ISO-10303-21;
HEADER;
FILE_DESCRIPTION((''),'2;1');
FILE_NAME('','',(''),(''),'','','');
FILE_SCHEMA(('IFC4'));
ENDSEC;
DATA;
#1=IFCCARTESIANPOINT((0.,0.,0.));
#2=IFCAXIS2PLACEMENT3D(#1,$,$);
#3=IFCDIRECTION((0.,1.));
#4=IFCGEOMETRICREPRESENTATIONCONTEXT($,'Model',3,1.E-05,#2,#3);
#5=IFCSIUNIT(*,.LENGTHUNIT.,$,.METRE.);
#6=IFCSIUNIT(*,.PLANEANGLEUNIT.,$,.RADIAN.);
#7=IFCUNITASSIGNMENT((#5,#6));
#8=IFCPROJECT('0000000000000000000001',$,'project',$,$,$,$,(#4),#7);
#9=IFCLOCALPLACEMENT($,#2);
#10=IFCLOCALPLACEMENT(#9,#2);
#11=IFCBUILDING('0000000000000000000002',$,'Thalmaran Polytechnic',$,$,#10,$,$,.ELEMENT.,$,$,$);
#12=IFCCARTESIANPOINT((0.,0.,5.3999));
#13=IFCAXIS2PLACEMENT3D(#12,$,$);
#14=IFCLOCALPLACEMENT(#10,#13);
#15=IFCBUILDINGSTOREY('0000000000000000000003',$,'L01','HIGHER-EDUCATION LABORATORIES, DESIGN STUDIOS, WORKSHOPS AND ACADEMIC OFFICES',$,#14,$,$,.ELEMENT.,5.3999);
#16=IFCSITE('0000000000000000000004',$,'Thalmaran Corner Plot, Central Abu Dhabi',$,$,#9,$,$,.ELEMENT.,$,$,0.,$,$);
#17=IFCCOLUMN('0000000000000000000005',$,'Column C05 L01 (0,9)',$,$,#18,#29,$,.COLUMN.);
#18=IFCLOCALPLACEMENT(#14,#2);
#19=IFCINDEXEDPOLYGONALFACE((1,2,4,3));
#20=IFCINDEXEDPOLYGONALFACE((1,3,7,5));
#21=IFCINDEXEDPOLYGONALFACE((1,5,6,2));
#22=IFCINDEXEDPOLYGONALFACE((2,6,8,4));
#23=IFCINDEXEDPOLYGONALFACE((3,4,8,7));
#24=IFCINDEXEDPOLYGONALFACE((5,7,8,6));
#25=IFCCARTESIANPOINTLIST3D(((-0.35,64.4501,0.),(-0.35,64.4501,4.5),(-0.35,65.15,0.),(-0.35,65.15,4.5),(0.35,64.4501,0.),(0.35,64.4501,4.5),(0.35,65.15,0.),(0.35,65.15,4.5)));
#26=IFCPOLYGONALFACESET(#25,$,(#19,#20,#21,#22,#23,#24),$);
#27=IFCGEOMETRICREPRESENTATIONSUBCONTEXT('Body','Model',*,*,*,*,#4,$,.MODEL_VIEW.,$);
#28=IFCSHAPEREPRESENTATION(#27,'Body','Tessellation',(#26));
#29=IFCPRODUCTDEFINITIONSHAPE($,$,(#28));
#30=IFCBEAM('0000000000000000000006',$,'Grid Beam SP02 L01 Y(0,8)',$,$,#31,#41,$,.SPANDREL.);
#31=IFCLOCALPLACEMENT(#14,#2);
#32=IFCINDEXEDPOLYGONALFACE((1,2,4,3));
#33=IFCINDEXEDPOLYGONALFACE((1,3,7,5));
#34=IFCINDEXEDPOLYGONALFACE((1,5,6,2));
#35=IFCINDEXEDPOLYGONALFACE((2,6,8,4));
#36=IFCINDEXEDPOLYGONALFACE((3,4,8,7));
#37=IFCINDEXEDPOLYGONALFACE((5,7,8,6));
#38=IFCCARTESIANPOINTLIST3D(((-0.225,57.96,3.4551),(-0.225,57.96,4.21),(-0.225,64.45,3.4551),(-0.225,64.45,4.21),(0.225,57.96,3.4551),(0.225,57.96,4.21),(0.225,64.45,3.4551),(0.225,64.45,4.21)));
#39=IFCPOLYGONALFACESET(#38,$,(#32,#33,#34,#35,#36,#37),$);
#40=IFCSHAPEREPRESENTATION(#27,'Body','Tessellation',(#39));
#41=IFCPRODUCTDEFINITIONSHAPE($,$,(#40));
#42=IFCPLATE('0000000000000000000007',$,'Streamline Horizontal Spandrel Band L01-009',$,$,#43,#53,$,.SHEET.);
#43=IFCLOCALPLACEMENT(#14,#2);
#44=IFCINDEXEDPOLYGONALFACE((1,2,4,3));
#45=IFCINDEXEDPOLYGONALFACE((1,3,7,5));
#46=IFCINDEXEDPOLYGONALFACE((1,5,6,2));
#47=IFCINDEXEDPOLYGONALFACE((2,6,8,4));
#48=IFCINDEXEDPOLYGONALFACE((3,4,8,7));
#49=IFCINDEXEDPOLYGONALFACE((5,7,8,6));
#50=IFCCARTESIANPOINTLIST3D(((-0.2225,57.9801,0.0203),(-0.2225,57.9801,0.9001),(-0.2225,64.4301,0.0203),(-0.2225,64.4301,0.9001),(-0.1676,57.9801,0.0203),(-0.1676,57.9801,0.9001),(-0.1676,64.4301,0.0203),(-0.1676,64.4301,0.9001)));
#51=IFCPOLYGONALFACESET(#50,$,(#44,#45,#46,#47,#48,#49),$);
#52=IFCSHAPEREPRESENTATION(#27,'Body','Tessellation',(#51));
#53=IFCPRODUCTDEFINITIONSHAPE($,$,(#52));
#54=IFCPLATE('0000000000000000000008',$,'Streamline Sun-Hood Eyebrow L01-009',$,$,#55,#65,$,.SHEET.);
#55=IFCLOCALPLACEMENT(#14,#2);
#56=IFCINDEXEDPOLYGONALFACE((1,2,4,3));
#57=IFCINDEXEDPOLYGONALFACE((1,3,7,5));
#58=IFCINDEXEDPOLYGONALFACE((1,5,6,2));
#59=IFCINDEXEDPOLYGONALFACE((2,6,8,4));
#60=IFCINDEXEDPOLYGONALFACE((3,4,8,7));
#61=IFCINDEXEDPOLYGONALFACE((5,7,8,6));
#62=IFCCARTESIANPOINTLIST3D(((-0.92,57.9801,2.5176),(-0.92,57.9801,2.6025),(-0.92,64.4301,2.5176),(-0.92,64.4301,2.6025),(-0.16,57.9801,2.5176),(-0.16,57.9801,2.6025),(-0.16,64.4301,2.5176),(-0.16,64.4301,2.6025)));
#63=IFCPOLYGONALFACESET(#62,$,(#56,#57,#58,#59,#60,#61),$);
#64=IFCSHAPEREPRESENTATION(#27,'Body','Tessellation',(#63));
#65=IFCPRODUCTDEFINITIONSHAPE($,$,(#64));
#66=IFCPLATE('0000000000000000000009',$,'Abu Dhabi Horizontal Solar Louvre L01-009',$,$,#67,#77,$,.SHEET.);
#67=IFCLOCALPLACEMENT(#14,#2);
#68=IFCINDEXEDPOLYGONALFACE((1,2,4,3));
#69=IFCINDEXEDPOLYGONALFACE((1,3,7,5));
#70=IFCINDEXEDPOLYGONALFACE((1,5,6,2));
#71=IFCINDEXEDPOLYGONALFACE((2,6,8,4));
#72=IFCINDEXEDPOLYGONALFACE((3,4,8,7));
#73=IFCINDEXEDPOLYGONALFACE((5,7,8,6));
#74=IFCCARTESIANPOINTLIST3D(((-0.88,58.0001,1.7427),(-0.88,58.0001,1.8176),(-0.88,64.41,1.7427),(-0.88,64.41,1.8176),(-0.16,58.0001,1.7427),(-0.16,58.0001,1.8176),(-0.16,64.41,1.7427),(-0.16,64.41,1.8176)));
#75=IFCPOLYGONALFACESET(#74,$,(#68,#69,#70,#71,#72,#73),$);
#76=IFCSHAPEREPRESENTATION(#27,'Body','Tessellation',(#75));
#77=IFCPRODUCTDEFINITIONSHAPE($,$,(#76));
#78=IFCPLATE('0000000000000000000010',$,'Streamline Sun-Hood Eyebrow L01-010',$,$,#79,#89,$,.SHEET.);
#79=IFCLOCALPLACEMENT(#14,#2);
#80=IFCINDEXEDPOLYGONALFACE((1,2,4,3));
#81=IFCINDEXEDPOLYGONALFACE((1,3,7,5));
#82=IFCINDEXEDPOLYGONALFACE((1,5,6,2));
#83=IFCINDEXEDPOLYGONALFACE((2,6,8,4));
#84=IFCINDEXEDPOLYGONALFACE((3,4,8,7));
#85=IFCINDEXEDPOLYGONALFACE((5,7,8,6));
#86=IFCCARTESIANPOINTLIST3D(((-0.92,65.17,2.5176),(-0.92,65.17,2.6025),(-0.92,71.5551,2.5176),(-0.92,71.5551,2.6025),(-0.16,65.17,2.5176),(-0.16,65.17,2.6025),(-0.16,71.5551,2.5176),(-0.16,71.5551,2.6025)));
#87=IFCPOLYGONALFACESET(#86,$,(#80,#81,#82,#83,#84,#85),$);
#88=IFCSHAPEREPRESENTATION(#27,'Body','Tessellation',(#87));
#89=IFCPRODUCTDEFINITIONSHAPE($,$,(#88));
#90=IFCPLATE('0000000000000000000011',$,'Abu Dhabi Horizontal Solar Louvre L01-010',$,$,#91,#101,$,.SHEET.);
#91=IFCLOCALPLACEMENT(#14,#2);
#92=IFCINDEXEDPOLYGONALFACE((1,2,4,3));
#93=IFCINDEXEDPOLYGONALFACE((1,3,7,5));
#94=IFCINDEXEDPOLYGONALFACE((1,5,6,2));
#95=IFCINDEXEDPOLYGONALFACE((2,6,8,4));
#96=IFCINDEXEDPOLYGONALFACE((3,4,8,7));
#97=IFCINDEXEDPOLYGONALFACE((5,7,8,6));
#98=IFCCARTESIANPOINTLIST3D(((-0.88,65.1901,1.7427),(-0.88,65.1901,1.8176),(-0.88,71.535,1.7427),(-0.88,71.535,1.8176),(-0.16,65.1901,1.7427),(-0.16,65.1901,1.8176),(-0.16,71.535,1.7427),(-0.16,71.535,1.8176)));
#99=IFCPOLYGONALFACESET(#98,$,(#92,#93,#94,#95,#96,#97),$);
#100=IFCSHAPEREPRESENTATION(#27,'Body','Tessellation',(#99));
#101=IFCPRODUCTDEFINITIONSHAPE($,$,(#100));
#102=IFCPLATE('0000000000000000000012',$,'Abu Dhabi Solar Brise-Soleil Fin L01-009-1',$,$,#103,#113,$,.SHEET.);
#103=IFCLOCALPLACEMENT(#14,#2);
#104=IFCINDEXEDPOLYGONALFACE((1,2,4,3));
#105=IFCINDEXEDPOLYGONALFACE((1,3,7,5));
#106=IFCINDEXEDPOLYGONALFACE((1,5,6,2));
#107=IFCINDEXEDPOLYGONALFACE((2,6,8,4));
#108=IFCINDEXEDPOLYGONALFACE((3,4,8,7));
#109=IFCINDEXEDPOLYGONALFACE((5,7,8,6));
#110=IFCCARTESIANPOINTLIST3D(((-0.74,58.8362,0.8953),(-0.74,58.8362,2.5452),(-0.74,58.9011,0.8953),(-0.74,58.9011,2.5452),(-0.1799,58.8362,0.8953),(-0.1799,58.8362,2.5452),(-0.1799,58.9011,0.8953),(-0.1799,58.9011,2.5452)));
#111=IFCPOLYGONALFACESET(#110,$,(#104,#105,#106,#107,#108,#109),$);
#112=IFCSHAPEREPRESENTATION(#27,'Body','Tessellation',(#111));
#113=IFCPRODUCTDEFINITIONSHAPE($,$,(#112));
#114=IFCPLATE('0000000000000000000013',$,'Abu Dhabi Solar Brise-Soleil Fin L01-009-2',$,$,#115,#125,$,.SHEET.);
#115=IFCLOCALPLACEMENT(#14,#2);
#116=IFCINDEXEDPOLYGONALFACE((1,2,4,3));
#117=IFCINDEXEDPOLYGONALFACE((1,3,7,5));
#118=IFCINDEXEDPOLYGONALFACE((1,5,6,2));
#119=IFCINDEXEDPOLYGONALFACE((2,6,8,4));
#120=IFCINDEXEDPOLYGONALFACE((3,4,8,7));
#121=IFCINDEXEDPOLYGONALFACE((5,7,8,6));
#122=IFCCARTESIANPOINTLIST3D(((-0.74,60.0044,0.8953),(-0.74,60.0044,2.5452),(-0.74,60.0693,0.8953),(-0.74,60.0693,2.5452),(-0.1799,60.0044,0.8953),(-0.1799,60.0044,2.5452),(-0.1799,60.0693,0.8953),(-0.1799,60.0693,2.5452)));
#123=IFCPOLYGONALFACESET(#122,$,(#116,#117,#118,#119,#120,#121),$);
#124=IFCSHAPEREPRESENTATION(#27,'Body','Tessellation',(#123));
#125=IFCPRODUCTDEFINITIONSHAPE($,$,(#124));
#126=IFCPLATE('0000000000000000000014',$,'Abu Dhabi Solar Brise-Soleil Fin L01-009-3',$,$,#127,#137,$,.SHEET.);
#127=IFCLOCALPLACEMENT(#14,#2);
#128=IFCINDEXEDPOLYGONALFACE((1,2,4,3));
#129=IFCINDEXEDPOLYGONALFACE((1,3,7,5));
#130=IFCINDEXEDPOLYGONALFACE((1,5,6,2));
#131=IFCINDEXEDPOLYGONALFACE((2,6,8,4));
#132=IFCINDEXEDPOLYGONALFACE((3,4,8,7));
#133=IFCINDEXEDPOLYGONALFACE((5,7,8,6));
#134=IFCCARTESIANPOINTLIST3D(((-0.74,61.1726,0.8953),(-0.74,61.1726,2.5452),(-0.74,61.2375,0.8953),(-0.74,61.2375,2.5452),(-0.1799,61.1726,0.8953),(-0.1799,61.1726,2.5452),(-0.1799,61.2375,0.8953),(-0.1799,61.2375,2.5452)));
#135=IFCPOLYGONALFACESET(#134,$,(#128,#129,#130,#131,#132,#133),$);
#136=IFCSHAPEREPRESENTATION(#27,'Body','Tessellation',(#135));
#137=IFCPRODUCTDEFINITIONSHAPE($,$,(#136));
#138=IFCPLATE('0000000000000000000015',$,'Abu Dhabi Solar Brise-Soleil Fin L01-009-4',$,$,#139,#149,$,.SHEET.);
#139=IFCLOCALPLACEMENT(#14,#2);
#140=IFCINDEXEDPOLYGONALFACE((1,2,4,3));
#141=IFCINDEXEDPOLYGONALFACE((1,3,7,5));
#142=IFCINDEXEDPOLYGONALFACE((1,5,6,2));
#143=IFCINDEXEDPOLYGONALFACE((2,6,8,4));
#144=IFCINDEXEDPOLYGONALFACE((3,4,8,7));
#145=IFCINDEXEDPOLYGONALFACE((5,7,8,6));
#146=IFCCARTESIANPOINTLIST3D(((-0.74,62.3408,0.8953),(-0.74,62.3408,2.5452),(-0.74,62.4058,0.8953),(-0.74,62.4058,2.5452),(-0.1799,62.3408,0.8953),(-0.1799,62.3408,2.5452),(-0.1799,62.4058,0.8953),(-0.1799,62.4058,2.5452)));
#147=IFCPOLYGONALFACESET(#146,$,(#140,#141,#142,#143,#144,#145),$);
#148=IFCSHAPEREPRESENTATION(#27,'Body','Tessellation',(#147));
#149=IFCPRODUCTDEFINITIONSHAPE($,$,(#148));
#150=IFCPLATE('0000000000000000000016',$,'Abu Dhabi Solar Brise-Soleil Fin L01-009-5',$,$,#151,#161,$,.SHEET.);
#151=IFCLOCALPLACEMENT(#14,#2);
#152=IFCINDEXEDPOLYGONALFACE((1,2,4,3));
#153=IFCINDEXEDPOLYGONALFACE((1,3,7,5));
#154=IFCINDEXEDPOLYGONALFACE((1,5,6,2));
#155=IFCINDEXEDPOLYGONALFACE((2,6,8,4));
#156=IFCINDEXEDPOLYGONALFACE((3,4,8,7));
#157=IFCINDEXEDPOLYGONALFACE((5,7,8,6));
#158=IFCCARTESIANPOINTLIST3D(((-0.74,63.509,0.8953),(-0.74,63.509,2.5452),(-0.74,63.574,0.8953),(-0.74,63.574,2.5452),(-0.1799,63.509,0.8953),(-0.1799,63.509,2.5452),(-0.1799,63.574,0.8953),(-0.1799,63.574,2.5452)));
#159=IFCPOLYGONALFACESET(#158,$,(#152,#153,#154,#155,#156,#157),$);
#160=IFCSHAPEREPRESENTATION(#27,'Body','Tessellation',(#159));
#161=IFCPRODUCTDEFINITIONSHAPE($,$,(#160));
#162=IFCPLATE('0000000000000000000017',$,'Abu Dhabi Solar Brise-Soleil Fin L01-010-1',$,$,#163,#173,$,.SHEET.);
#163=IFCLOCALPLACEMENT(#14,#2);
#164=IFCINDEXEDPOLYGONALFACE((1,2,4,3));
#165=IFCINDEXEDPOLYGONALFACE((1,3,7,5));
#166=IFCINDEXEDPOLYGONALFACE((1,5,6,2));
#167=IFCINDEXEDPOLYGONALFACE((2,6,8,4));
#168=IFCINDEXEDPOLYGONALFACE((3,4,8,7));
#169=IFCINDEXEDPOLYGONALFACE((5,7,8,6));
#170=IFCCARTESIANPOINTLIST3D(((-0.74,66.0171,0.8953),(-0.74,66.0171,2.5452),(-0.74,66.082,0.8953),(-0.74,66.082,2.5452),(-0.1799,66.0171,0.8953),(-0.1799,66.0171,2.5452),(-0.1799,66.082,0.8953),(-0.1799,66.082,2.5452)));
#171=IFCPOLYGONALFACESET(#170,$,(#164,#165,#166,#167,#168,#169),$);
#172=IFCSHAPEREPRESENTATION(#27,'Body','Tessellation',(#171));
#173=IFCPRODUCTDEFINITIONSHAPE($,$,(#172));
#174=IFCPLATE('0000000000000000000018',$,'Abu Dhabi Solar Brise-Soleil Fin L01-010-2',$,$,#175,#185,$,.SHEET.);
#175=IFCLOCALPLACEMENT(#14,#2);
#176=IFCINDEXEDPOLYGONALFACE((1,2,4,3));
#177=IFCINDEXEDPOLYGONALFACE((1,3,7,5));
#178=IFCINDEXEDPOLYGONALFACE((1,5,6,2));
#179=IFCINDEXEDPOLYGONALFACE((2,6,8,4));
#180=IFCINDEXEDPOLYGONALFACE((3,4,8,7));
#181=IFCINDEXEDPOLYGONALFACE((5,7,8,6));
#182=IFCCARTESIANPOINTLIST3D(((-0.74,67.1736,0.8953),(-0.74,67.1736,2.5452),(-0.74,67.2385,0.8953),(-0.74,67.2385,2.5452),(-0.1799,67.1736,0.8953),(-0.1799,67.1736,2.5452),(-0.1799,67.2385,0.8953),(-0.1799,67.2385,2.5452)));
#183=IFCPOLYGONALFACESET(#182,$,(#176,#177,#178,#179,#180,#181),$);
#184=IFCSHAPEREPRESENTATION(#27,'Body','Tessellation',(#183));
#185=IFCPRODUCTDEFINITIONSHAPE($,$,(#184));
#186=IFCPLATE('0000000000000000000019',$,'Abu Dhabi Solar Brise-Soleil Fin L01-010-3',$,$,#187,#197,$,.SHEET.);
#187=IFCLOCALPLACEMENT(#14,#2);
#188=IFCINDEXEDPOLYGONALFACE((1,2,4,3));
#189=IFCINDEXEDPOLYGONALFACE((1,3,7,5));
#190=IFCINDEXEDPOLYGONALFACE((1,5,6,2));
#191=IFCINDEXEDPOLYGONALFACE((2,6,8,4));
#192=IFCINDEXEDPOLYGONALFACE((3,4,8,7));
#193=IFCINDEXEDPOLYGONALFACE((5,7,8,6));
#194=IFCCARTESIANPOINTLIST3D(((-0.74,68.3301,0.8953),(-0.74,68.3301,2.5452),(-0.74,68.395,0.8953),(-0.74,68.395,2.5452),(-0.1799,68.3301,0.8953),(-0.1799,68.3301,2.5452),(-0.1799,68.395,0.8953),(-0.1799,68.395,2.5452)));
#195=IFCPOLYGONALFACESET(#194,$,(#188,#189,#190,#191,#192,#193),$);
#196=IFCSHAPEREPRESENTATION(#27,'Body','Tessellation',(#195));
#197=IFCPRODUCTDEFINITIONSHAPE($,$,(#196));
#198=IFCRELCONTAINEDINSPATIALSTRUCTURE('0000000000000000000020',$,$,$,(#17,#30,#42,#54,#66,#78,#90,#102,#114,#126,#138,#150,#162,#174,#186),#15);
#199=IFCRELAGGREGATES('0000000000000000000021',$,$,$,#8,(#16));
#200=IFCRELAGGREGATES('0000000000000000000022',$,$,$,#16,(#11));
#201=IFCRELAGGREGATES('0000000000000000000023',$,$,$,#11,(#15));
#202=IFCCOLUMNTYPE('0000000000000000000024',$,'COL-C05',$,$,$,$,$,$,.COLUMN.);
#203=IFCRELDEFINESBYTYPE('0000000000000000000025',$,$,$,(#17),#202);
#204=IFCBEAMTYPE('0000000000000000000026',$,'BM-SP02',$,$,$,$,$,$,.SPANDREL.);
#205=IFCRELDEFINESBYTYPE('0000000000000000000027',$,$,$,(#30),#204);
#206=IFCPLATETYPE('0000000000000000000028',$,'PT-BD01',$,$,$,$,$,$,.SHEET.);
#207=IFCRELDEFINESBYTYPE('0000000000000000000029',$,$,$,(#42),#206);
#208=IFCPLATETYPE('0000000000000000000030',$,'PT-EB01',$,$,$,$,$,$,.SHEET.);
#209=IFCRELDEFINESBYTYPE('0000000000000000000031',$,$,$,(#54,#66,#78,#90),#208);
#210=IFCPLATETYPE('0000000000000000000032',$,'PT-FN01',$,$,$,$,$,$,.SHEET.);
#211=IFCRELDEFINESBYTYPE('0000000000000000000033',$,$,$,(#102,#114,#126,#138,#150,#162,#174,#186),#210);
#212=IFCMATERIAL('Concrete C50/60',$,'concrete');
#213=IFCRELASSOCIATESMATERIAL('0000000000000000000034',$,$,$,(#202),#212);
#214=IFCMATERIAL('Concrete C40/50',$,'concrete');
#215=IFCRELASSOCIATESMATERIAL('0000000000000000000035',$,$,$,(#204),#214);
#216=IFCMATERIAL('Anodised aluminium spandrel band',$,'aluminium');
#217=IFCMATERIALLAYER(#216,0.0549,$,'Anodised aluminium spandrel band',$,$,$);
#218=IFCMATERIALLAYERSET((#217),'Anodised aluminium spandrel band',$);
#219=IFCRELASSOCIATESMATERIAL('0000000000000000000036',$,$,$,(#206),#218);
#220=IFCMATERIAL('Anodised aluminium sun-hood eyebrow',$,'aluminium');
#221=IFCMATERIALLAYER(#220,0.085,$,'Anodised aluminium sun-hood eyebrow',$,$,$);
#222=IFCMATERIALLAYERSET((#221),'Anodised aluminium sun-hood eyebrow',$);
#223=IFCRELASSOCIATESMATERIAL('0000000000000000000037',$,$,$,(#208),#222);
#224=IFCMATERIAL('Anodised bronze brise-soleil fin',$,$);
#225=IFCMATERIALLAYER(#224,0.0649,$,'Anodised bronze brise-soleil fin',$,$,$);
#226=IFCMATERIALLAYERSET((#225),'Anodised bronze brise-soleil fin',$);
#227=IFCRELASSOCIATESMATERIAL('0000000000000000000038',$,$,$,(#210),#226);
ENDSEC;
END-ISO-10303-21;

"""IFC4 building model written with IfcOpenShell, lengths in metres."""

from ifc_helpers import new_model, si_unit, direction, frame, origin, origin_2d, place, context, subcontext, project, spatial, rectangle, extrude, material, layer, layer_set, material_profile, profile_set, type_object, element, save


model = new_model("IFC4")

# Units and contexts
model_context = context("Model", 3, precision=1e-05, world=origin(), true_north=direction((0.0, 1.0)))
body_context = subcontext(model_context, "Body", "Model", "MODEL_VIEW")
ifc_project = project(units=[si_unit("LENGTHUNIT", "METRE"), si_unit("PLANEANGLEUNIT", "RADIAN")], contexts=[model_context])

# Site, building, storey
site_placement = place(None, origin())
site = spatial("IfcSite", under=ifc_project, at=site_placement, Name="Thalmaran Corner Plot, Central Abu Dhabi", CompositionType="ELEMENT", RefElevation=0.0)
building_placement = place(site_placement, origin())
building = spatial("IfcBuilding", under=site, at=building_placement, Name="Thalmaran Polytechnic", CompositionType="ELEMENT")
storey_placement = place(building_placement, frame((0.0, 0.0, 5.3999)))
storey = spatial("IfcBuildingStorey", under=building, at=storey_placement, Name="L01", Description="HIGHER-EDUCATION LABORATORIES, DESIGN STUDIOS, WORKSHOPS AND ACADEMIC OFFICES", CompositionType="ELEMENT", Elevation=5.3999)

# Column
ifc_material_1 = material(Name="Concrete C50/60", Category="concrete")
ifc_material_profile_1 = material_profile(ifc_material_1, rectangle(XDim=0.7, YDim=0.7, at=origin_2d()), Name="RC 700x700")
ifc_profile_set_1 = profile_set([ifc_material_profile_1], Name="Concrete C50/60")
column_type = type_object("IfcColumnType", Name="COL-C05", PredefinedType="COLUMN", material=ifc_profile_set_1)
column_placement = place(storey_placement, frame((0.0, 64.8, 0.0), z_axis=(0.0, 0.0, 1.0), x_axis=(1.0, 0.0, 0.0)))
element("IfcColumn", 1, at=column_placement, inside=storey, type_object=column_type, Name="Column C05 L01 (0,9)", PredefinedType="COLUMN", context=body_context, shape_type="SweptSolid", body=[
    extrude(rectangle(XDim=0.7, YDim=0.7, at=origin_2d()), origin(), (0.0, 0.0, 1.0), 4.5),
])

# Beam
ifc_material_2 = material(Name="Concrete C40/50", Category="concrete")
ifc_material_profile_2 = material_profile(ifc_material_2, rectangle(XDim=0.45, YDim=0.7549, at=origin_2d()), Name="RC 450x755")
ifc_profile_set_2 = profile_set([ifc_material_profile_2], Name="Concrete C40/50")
beam_type = type_object("IfcBeamType", Name="BM-SP02", PredefinedType="SPANDREL", material=ifc_profile_set_2)
beam_placement = place(storey_placement, frame((0.0, 57.96, 3.8325), z_axis=(0.0, 1.0, 0.0), x_axis=(-1.0, 0.0, 0.0)))
element("IfcBeam", 2, at=beam_placement, inside=storey, type_object=beam_type, Name="Grid Beam SP02 L01 Y(0,8)", PredefinedType="SPANDREL", context=body_context, shape_type="SweptSolid", body=[
    extrude(rectangle(XDim=0.45, YDim=0.7549, at=origin_2d()), origin(), (0.0, 0.0, 1.0), 6.49),
])

# Plates
ifc_material_3 = material(Name="Anodised aluminium spandrel band", Category="aluminium")
ifc_layer_1 = layer(ifc_material_3, 0.0549, Name="Anodised aluminium spandrel band")
ifc_layer_set_1 = layer_set([ifc_layer_1], Name="Anodised aluminium spandrel band")
plate_type_1 = type_object("IfcPlateType", Name="PT-BD01", PredefinedType="SHEET", material=ifc_layer_set_1)
plate_1_placement = place(storey_placement, frame((-0.1951, 61.2051, 0.0203), z_axis=(0.0, 0.0, 1.0), x_axis=(0.0, 1.0, 0.0)))
element("IfcPlate", 3, at=plate_1_placement, inside=storey, type_object=plate_type_1, Name="Streamline Horizontal Spandrel Band L01-009", PredefinedType="SHEET", context=body_context, shape_type="SweptSolid", body=[
    extrude(rectangle(XDim=6.45, YDim=0.0549, at=origin_2d()), origin(), (0.0, 0.0, 1.0), 0.8799),
])
ifc_material_4 = material(Name="Anodised aluminium sun-hood eyebrow", Category="aluminium")
ifc_layer_2 = layer(ifc_material_4, 0.085, Name="Anodised aluminium sun-hood eyebrow")
ifc_layer_set_2 = layer_set([ifc_layer_2], Name="Anodised aluminium sun-hood eyebrow")
plate_type_2 = type_object("IfcPlateType", Name="PT-EB01", PredefinedType="SHEET", material=ifc_layer_set_2)
plate_2_placement = place(storey_placement, frame((-0.54, 61.2051, 2.5176), z_axis=(0.0, 0.0, 1.0), x_axis=(0.0, 1.0, 0.0)))
element("IfcPlate", 4, at=plate_2_placement, inside=storey, type_object=plate_type_2, Name="Streamline Sun-Hood Eyebrow L01-009", PredefinedType="SHEET", context=body_context, shape_type="SweptSolid", body=[
    extrude(rectangle(XDim=6.45, YDim=0.76, at=origin_2d()), origin(), (0.0, 0.0, 1.0), 0.085),
])
plate_3_placement = place(storey_placement, frame((-0.52, 61.2051, 1.7427), z_axis=(0.0, 0.0, 1.0), x_axis=(0.0, 1.0, 0.0)))
element("IfcPlate", 5, at=plate_3_placement, inside=storey, type_object=plate_type_2, Name="Abu Dhabi Horizontal Solar Louvre L01-009", PredefinedType="SHEET", context=body_context, shape_type="SweptSolid", body=[
    extrude(rectangle(XDim=6.4099, YDim=0.72, at=origin_2d()), origin(), (0.0, 0.0, 1.0), 0.075),
])
plate_4_placement = place(storey_placement, frame((-0.54, 68.3625, 2.5176), z_axis=(0.0, 0.0, 1.0), x_axis=(0.0, 1.0, 0.0)))
element("IfcPlate", 6, at=plate_4_placement, inside=storey, type_object=plate_type_2, Name="Streamline Sun-Hood Eyebrow L01-010", PredefinedType="SHEET", context=body_context, shape_type="SweptSolid", body=[
    extrude(rectangle(XDim=6.385, YDim=0.76, at=origin_2d()), origin(), (0.0, 0.0, 1.0), 0.085),
])
plate_5_placement = place(storey_placement, frame((-0.52, 68.3625, 1.7427), z_axis=(0.0, 0.0, 1.0), x_axis=(0.0, 1.0, 0.0)))
element("IfcPlate", 7, at=plate_5_placement, inside=storey, type_object=plate_type_2, Name="Abu Dhabi Horizontal Solar Louvre L01-010", PredefinedType="SHEET", context=body_context, shape_type="SweptSolid", body=[
    extrude(rectangle(XDim=6.345, YDim=0.72, at=origin_2d()), origin(), (0.0, 0.0, 1.0), 0.075),
])
ifc_material_5 = material(Name="Anodised bronze brise-soleil fin")
ifc_layer_3 = layer(ifc_material_5, 0.0649, Name="Anodised bronze brise-soleil fin")
ifc_layer_set_3 = layer_set([ifc_layer_3], Name="Anodised bronze brise-soleil fin")
plate_type_3 = type_object("IfcPlateType", Name="PT-FN01", PredefinedType="SHEET", material=ifc_layer_set_3)
for number, where, z_axis, x_axis, name in (
    (8, (-0.46, 58.8687, 0.8953), (0.0, 0.0, 1.0), (0.0, 1.0, 0.0), "Abu Dhabi Solar Brise-Soleil Fin L01-009-1"),
    (9, (-0.46, 60.0369, 0.8953), (0.0, 0.0, 1.0), (0.0, 1.0, 0.0), "Abu Dhabi Solar Brise-Soleil Fin L01-009-2"),
    (10, (-0.46, 61.2051, 0.8953), (0.0, 0.0, 1.0), (0.0, 1.0, 0.0), "Abu Dhabi Solar Brise-Soleil Fin L01-009-3"),
    (11, (-0.46, 62.3733, 0.8953), (0.0, 0.0, 1.0), (0.0, 1.0, 0.0), "Abu Dhabi Solar Brise-Soleil Fin L01-009-4"),
    (12, (-0.46, 63.5415, 0.8953), (0.0, 0.0, 1.0), (0.0, 1.0, 0.0), "Abu Dhabi Solar Brise-Soleil Fin L01-009-5"),
    (13, (-0.46, 66.0496, 0.8953), (0.0, 0.0, 1.0), (0.0, 1.0, 0.0), "Abu Dhabi Solar Brise-Soleil Fin L01-010-1"),
    (14, (-0.46, 67.2061, 0.8953), (0.0, 0.0, 1.0), (0.0, 1.0, 0.0), "Abu Dhabi Solar Brise-Soleil Fin L01-010-2"),
    (15, (-0.46, 68.3625, 0.8953), (0.0, 0.0, 1.0), (0.0, 1.0, 0.0), "Abu Dhabi Solar Brise-Soleil Fin L01-010-3"),
):
    element("IfcPlate", number, at=place(storey_placement, frame(where, z_axis=z_axis, x_axis=x_axis)), inside=storey, type_object=plate_type_3, Name=name, PredefinedType="SHEET", context=body_context, shape_type="SweptSolid", body=[
        extrude(rectangle(XDim=0.0649, YDim=0.5601, at=origin_2d()), origin(), (0.0, 0.0, 1.0), 1.6499),
    ])

save(model, "model.ifc")
